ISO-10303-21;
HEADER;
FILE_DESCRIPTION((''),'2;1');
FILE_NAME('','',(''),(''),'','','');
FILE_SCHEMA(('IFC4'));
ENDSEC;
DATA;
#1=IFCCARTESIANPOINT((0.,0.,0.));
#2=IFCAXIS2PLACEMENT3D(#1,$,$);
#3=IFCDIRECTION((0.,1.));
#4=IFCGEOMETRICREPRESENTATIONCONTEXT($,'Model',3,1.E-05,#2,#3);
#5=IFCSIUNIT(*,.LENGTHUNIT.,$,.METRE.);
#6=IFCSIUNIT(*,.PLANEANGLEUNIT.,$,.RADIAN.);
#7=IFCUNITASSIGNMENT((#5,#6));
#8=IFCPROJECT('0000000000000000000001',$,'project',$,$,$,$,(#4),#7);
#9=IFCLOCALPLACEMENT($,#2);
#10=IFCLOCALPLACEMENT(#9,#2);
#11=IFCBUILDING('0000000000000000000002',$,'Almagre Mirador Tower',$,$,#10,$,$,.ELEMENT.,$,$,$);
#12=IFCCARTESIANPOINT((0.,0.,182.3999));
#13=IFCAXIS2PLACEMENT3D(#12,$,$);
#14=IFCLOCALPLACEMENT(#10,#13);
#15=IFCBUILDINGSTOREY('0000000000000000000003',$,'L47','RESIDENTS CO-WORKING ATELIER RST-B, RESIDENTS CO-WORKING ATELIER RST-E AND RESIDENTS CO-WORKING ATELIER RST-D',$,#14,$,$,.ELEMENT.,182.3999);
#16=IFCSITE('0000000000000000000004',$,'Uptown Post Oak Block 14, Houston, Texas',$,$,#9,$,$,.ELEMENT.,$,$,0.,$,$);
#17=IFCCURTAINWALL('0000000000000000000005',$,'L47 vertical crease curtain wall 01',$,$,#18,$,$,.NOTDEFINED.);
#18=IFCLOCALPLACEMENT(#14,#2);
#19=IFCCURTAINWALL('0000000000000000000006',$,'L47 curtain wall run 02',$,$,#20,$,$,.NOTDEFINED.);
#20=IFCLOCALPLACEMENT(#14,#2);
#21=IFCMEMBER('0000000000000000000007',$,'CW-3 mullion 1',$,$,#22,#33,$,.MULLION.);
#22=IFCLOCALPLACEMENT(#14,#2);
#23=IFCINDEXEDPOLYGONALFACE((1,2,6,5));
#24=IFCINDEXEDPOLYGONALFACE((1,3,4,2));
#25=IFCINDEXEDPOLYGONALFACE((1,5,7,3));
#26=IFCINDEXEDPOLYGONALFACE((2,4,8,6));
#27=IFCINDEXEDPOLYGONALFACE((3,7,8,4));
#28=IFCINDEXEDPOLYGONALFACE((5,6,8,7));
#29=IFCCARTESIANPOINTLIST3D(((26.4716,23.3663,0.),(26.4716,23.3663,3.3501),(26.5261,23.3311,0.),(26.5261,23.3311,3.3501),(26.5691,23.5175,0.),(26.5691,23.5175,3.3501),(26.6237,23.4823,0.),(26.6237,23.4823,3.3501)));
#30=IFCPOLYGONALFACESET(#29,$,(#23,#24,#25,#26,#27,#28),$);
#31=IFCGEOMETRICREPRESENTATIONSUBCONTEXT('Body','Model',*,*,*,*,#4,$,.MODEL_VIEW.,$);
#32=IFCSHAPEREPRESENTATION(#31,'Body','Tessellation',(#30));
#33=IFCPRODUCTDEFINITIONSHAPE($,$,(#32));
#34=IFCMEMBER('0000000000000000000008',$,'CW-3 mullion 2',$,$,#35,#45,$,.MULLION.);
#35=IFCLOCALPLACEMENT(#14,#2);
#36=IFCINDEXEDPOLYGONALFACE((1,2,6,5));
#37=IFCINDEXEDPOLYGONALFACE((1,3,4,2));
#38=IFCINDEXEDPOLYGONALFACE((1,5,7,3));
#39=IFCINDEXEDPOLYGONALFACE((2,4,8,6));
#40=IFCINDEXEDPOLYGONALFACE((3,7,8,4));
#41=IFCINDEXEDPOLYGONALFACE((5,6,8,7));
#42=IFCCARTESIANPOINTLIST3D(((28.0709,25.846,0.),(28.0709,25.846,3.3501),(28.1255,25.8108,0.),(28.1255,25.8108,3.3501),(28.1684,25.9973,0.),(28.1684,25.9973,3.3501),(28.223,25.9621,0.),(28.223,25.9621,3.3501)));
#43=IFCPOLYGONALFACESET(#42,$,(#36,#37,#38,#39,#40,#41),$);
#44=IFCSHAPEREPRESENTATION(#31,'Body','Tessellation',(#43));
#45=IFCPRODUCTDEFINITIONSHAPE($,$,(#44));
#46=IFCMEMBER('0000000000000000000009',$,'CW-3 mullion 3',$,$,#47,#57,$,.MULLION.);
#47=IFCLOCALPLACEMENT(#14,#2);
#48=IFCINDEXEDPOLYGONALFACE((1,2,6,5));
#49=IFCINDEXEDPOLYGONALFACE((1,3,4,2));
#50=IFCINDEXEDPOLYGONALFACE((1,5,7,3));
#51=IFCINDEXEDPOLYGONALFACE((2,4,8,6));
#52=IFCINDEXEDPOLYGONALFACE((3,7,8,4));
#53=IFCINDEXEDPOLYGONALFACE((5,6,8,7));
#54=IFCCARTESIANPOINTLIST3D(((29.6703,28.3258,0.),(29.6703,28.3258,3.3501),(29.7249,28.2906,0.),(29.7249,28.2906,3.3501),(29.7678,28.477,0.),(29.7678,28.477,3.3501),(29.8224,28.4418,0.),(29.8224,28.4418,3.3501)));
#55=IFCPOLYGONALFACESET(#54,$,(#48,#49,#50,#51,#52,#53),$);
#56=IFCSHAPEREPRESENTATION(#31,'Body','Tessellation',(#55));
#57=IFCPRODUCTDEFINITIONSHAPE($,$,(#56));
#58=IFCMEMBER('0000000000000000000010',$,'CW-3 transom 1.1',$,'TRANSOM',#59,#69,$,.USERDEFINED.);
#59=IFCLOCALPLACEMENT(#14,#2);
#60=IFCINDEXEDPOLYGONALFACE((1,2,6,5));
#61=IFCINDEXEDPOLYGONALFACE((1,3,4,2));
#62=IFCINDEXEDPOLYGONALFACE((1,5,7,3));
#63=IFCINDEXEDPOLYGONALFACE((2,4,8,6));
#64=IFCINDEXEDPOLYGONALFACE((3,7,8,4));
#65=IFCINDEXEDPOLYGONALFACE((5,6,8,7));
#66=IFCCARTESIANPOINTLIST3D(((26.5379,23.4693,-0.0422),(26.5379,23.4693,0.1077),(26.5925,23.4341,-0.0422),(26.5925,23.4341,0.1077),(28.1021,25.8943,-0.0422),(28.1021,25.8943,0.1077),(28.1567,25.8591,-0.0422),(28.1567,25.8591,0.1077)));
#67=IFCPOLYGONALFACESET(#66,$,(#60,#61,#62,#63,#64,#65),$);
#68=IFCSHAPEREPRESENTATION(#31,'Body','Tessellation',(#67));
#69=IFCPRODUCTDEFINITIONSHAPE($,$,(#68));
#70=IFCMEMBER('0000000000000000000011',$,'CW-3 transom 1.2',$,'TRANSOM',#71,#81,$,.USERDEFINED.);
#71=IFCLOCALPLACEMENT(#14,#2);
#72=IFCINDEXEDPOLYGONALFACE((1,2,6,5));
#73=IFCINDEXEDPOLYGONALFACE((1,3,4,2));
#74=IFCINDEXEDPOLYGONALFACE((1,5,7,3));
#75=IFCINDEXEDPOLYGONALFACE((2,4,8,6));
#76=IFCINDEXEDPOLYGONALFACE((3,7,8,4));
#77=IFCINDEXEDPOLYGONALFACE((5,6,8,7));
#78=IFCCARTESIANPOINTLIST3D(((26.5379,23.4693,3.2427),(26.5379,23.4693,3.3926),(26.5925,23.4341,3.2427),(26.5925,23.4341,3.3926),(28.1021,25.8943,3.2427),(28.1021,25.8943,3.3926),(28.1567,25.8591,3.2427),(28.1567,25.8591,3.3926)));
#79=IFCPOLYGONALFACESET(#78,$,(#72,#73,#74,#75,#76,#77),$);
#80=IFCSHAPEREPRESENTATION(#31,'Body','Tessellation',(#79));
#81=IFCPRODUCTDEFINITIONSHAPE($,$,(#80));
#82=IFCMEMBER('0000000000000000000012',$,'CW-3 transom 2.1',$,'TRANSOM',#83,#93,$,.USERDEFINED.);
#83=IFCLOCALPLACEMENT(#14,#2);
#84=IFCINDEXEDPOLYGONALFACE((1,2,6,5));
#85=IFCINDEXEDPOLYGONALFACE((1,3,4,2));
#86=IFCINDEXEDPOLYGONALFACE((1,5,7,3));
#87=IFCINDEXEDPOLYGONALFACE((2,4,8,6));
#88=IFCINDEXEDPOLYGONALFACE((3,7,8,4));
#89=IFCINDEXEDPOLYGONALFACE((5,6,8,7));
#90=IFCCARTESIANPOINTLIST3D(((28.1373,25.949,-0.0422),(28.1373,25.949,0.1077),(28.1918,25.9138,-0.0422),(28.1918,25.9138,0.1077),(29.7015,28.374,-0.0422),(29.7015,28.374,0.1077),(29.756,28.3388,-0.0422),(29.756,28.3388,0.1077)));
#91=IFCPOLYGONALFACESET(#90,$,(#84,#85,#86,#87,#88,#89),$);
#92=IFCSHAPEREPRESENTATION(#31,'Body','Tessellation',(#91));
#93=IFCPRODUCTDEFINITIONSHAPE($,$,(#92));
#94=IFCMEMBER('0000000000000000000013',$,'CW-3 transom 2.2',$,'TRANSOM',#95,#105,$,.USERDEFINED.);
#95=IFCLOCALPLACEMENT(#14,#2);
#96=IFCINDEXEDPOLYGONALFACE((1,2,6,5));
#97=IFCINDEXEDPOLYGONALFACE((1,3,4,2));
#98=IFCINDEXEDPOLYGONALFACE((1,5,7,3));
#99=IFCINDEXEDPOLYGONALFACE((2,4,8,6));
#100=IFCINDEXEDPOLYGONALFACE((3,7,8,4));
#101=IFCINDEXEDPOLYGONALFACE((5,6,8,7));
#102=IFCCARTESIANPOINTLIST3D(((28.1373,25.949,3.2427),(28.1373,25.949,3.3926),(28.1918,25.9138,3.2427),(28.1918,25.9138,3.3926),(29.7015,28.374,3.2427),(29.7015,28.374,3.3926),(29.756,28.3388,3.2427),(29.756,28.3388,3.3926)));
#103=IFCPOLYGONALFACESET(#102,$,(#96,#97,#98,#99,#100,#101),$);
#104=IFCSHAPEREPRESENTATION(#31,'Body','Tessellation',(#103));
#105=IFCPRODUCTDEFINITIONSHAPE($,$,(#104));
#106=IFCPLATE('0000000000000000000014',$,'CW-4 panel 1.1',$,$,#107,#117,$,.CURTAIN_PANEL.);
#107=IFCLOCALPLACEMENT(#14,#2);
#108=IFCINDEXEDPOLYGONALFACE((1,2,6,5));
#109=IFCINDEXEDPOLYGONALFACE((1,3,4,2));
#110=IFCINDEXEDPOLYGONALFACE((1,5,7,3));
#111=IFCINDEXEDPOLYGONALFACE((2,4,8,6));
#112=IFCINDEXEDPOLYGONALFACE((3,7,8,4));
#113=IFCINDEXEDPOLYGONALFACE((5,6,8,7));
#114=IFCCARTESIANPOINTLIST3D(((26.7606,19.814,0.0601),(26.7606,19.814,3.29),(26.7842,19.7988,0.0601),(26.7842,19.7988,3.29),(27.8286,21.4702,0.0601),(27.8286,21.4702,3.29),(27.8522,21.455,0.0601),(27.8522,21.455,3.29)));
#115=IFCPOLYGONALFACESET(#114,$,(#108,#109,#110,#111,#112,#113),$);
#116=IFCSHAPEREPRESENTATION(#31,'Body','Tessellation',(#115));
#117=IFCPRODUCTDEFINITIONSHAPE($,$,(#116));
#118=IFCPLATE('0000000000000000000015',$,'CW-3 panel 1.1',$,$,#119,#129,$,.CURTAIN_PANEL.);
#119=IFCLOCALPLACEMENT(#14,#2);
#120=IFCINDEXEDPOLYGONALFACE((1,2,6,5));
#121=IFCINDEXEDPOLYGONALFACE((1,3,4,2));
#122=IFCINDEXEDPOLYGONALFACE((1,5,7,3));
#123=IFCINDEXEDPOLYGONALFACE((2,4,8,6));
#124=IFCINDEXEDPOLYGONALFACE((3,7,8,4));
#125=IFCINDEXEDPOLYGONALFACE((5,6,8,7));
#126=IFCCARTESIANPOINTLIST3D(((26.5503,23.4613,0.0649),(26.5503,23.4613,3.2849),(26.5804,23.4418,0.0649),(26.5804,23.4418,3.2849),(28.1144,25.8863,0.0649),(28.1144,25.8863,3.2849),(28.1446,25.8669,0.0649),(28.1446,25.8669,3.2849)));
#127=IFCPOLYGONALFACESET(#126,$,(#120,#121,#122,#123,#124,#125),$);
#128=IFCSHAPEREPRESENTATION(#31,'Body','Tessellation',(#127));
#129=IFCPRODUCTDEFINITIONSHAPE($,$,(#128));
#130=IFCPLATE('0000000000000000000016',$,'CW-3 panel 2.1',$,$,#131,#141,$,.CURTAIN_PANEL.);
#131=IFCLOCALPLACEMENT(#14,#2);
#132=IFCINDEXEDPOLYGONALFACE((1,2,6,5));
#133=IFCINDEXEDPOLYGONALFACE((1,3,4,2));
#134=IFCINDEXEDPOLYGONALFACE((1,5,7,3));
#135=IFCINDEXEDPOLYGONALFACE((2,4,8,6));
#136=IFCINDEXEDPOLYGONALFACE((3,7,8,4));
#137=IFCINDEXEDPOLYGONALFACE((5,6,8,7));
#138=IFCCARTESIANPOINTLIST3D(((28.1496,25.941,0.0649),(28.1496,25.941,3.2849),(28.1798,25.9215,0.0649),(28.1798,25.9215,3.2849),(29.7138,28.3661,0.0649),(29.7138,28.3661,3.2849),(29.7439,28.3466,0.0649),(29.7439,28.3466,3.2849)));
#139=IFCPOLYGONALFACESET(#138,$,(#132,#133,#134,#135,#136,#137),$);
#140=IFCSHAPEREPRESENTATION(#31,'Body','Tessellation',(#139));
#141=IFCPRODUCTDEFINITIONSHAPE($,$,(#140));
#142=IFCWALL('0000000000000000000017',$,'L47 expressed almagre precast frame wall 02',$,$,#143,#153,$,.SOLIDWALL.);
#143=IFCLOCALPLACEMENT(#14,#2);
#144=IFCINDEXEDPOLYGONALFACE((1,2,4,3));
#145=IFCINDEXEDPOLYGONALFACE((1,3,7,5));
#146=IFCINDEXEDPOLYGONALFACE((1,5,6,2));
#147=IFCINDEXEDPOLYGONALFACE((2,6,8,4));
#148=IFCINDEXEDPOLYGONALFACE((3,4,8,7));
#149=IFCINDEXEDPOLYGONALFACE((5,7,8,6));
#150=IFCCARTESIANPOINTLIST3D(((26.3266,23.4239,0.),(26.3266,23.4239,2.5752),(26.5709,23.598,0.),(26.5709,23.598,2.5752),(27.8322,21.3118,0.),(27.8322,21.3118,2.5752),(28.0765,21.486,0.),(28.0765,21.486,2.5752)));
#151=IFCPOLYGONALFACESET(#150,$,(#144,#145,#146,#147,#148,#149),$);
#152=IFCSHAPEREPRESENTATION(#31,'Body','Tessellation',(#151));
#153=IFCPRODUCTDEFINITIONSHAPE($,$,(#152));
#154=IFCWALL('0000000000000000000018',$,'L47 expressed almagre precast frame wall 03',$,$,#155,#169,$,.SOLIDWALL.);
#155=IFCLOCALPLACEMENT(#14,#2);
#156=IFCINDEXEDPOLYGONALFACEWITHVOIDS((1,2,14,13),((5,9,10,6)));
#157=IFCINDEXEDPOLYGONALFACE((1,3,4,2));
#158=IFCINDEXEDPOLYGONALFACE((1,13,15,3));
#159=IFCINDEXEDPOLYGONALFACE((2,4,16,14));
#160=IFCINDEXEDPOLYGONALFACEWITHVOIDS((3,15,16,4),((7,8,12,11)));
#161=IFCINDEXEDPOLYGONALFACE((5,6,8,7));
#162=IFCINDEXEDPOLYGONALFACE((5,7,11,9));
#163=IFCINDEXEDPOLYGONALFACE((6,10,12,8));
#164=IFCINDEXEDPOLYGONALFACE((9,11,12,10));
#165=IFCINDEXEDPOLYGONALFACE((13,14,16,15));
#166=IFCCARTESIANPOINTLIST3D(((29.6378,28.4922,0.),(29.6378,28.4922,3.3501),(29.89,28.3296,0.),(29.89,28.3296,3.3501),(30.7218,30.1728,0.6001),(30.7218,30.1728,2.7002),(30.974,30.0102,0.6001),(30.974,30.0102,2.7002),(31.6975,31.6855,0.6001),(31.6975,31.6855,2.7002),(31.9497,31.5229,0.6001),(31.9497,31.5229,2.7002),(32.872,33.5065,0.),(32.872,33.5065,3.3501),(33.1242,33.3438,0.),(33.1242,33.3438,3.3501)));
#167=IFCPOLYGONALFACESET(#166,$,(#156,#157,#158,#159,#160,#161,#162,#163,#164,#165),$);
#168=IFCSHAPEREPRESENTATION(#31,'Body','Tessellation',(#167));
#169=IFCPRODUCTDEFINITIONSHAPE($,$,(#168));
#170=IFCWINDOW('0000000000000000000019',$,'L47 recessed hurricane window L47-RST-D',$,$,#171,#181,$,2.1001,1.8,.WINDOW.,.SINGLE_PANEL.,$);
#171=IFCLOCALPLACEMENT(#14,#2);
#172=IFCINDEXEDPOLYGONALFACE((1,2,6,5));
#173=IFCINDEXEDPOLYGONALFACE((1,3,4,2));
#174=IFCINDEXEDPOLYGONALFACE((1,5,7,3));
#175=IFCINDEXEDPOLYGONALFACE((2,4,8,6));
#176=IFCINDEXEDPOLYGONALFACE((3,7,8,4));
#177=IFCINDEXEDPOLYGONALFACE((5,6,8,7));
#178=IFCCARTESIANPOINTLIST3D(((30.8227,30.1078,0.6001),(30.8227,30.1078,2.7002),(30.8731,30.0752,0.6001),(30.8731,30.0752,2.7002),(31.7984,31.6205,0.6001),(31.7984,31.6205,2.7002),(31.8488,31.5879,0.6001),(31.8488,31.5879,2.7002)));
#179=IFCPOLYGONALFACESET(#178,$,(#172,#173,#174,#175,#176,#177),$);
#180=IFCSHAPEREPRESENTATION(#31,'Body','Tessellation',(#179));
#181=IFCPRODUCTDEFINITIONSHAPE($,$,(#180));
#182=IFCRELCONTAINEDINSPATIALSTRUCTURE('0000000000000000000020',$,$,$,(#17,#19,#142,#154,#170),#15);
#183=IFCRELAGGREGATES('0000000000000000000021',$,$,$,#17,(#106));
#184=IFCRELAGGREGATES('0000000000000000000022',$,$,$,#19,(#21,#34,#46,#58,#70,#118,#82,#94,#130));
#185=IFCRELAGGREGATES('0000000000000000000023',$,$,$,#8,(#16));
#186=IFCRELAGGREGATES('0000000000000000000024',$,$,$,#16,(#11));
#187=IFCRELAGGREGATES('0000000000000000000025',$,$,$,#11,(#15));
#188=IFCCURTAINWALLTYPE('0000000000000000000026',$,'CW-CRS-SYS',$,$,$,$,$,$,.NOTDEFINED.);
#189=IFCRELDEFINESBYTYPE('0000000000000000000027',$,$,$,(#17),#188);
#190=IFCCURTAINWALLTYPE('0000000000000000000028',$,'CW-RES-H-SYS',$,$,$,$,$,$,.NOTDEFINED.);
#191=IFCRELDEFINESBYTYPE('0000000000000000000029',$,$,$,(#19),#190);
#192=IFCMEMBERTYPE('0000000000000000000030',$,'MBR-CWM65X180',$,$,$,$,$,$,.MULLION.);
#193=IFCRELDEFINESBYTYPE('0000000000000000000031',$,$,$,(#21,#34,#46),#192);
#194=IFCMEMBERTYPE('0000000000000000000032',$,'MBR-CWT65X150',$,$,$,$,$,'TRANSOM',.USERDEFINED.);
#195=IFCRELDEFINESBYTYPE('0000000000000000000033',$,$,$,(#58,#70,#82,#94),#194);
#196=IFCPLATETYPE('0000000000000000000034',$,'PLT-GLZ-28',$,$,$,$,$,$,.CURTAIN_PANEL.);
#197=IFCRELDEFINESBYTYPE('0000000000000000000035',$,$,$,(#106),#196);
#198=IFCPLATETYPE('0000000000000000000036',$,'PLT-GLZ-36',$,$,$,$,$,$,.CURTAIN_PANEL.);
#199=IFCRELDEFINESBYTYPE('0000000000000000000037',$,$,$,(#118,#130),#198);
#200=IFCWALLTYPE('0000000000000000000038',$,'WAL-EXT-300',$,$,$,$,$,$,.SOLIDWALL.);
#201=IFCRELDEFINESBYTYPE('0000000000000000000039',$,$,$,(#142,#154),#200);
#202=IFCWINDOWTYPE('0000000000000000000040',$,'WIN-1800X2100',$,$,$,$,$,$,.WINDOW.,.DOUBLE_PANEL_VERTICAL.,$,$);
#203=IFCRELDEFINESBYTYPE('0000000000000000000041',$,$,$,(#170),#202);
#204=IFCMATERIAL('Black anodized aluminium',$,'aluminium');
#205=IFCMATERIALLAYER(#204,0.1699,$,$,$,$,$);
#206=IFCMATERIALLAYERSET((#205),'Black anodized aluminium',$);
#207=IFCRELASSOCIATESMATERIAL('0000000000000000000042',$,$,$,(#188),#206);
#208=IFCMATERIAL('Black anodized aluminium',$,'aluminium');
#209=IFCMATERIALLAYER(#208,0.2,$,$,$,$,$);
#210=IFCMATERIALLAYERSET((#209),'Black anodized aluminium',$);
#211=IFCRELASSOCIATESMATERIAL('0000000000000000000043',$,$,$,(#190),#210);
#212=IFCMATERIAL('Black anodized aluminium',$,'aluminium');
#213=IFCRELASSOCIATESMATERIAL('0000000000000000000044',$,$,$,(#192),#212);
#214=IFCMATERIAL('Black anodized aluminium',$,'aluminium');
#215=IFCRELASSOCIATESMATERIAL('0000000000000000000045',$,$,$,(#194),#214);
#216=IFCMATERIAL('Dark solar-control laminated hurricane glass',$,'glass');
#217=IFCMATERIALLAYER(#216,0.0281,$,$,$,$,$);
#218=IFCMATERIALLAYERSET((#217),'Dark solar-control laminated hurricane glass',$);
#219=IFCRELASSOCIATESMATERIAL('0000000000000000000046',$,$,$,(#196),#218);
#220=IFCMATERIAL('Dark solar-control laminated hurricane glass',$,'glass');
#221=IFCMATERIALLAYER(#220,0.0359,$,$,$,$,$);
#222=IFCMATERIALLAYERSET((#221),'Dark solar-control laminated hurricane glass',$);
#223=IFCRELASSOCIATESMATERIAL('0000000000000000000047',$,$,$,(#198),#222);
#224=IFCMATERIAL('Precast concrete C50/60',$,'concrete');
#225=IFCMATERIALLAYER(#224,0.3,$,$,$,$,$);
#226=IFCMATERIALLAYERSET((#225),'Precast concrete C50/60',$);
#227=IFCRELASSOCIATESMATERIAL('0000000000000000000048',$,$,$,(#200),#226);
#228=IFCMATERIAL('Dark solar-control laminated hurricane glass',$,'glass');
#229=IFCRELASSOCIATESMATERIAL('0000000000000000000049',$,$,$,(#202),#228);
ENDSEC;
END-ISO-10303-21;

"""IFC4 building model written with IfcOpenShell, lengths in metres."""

from ifc_helpers import new_model, si_unit, direction, frame, frame_2d, origin, origin_2d, place, context, subcontext, project, spatial, rectangle, extrude, material, layer, layer_set, material_profile, profile_set, type_object, element, fill, aggregate, save


model = new_model("IFC4")

# Units and contexts
model_context = context("Model", 3, precision=1e-05, world=origin(), true_north=direction((0.0, 1.0)))
body_context = subcontext(model_context, "Body", "Model", "MODEL_VIEW")
ifc_project = project(units=[si_unit("LENGTHUNIT", "METRE"), si_unit("PLANEANGLEUNIT", "RADIAN")], contexts=[model_context])

# Site, building, storey
site_placement = place(None, origin())
site = spatial("IfcSite", under=ifc_project, at=site_placement, Name="Uptown Post Oak Block 14, Houston, Texas", CompositionType="ELEMENT", RefElevation=0.0)
building_placement = place(site_placement, origin())
building = spatial("IfcBuilding", under=site, at=building_placement, Name="Almagre Mirador Tower", CompositionType="ELEMENT")
storey_placement = place(building_placement, frame((0.0, 0.0, 182.3999)))
storey = spatial("IfcBuildingStorey", under=building, at=storey_placement, Name="L47", Description="RESIDENTS CO-WORKING ATELIER RST-B, RESIDENTS CO-WORKING ATELIER RST-E AND RESIDENTS CO-WORKING ATELIER RST-D", CompositionType="ELEMENT", Elevation=182.3999)

# Curtain wall
ifc_material_1 = material(Name="Black anodized aluminium", Category="aluminium")
ifc_layer_1 = layer(ifc_material_1, 0.1699)
ifc_layer_set_1 = layer_set([ifc_layer_1], Name="Black anodized aluminium")
curtain_wall_type_1 = type_object("IfcCurtainWallType", Name="CW-CRS-SYS", PredefinedType="NOTDEFINED", material=ifc_layer_set_1)
curtain_wall_1_placement = place(storey_placement, origin())
curtain_wall_1 = element("IfcCurtainWall", 1, at=curtain_wall_1_placement, inside=storey, type_object=curtain_wall_type_1, Name="L47 vertical crease curtain wall 01", PredefinedType="NOTDEFINED")

# Curtain wall, members
ifc_material_2 = material(Name="Black anodized aluminium", Category="aluminium")
ifc_layer_2 = layer(ifc_material_2, 0.2)
ifc_layer_set_2 = layer_set([ifc_layer_2], Name="Black anodized aluminium")
curtain_wall_type_2 = type_object("IfcCurtainWallType", Name="CW-RES-H-SYS", PredefinedType="NOTDEFINED", material=ifc_layer_set_2)
curtain_wall_2_placement = place(storey_placement, origin())
curtain_wall_2 = element("IfcCurtainWall", 2, at=curtain_wall_2_placement, inside=storey, type_object=curtain_wall_type_2, Name="L47 curtain wall run 02", PredefinedType="NOTDEFINED")
ifc_material_3 = material(Name="Black anodized aluminium", Category="aluminium")
ifc_material_profile_1 = material_profile(ifc_material_3, rectangle(XDim=0.0649, YDim=0.1799, at=origin_2d()), Name="CWM65X180")
ifc_profile_set_1 = profile_set([ifc_material_profile_1], Name="Black anodized aluminium")
member_type_1 = type_object("IfcMemberType", Name="MBR-CWM65X180", PredefinedType="MULLION", material=ifc_profile_set_1)
member_1_placement = place(storey_placement, frame((26.5476, 23.4243, 0.0), z_axis=(0.0, 0.0, 1.0), x_axis=(-0.840361, 0.542028, 0.0)))
member_1 = element("IfcMember", 3, at=member_1_placement, type_object=member_type_1, Name="CW-3 mullion 1", PredefinedType="MULLION", context=body_context, shape_type="SweptSolid", body=[
    extrude(rectangle(XDim=0.0649, YDim=0.1799, at=origin_2d()), origin(), (0.0, 0.0, 1.0), 3.3501),
])
member_2_placement = place(storey_placement, frame((28.147, 25.9041, 0.0), z_axis=(0.0, 0.0, 1.0), x_axis=(-0.840361, 0.542028, 0.0)))
member_2 = element("IfcMember", 4, at=member_2_placement, type_object=member_type_1, Name="CW-3 mullion 2", PredefinedType="MULLION", context=body_context, shape_type="SweptSolid", body=[
    extrude(rectangle(XDim=0.0649, YDim=0.1799, at=origin_2d()), origin(), (0.0, 0.0, 1.0), 3.3501),
])
member_3_placement = place(storey_placement, frame((29.7463, 28.3838, 0.0), z_axis=(0.0, 0.0, 1.0), x_axis=(-0.840361, 0.542028, 0.0)))
member_3 = element("IfcMember", 5, at=member_3_placement, type_object=member_type_1, Name="CW-3 mullion 3", PredefinedType="MULLION", context=body_context, shape_type="SweptSolid", body=[
    extrude(rectangle(XDim=0.0649, YDim=0.1799, at=origin_2d()), origin(), (0.0, 0.0, 1.0), 3.3501),
])
ifc_material_4 = material(Name="Black anodized aluminium", Category="aluminium")
ifc_material_profile_2 = material_profile(ifc_material_4, rectangle(XDim=0.0649, YDim=0.1499, at=origin_2d()), Name="CWT65X150")
ifc_profile_set_2 = profile_set([ifc_material_profile_2], Name="Black anodized aluminium")
member_type_2 = type_object("IfcMemberType", Name="MBR-CWT65X150", ElementType="TRANSOM", PredefinedType="USERDEFINED", material=ifc_profile_set_2)
member_4_placement = place(storey_placement, frame((26.5652, 23.4517, 0.0327), z_axis=(0.542044, 0.84035, 0.0), x_axis=(-0.84035, 0.542044, 0.0)))
member_4 = element("IfcMember", 6, at=member_4_placement, type_object=member_type_2, Name="CW-3 transom 1.1", ObjectType="TRANSOM", PredefinedType="USERDEFINED", context=body_context, shape_type="SweptSolid", body=[
    extrude(rectangle(XDim=0.0649, YDim=0.1499, at=origin_2d()), origin(), (0.0, 0.0, 1.0), 2.8857),
])
member_5_placement = place(storey_placement, frame((26.5652, 23.4517, 3.3176), z_axis=(0.542044, 0.84035, 0.0), x_axis=(-0.84035, 0.542044, 0.0)))
member_5 = element("IfcMember", 7, at=member_5_placement, type_object=member_type_2, Name="CW-3 transom 1.2", ObjectType="TRANSOM", PredefinedType="USERDEFINED", context=body_context, shape_type="SweptSolid", body=[
    extrude(rectangle(XDim=0.0649, YDim=0.1499, at=origin_2d()), origin(), (0.0, 0.0, 1.0), 2.8857),
])
member_6_placement = place(storey_placement, frame((28.1646, 25.9314, 0.0327), z_axis=(0.542044, 0.84035, 0.0), x_axis=(-0.84035, 0.542044, 0.0)))
member_6 = element("IfcMember", 8, at=member_6_placement, type_object=member_type_2, Name="CW-3 transom 2.1", ObjectType="TRANSOM", PredefinedType="USERDEFINED", context=body_context, shape_type="SweptSolid", body=[
    extrude(rectangle(XDim=0.0649, YDim=0.1499, at=origin_2d()), origin(), (0.0, 0.0, 1.0), 2.8857),
])
member_7_placement = place(storey_placement, frame((28.1646, 25.9314, 3.3176), z_axis=(0.542044, 0.84035, 0.0), x_axis=(-0.84035, 0.542044, 0.0)))
member_7 = element("IfcMember", 9, at=member_7_placement, type_object=member_type_2, Name="CW-3 transom 2.2", ObjectType="TRANSOM", PredefinedType="USERDEFINED", context=body_context, shape_type="SweptSolid", body=[
    extrude(rectangle(XDim=0.0649, YDim=0.1499, at=origin_2d()), origin(), (0.0, 0.0, 1.0), 2.8857),
])

# Plates
ifc_material_5 = material(Name="Dark solar-control laminated hurricane glass", Category="glass")
ifc_layer_3 = layer(ifc_material_5, 0.0281)
ifc_layer_set_3 = layer_set([ifc_layer_3], Name="Dark solar-control laminated hurricane glass")
plate_type_1 = type_object("IfcPlateType", Name="PLT-GLZ-28", PredefinedType="CURTAIN_PANEL", material=ifc_layer_set_3)
plate_1_placement = place(storey_placement, frame((27.3064, 20.6345, 0.0601), z_axis=(0.0, 0.0, 1.0), x_axis=(0.541942, 0.840416, 0.0)))
plate_1 = element("IfcPlate", 10, at=plate_1_placement, type_object=plate_type_1, Name="CW-4 panel 1.1", PredefinedType="CURTAIN_PANEL", context=body_context, shape_type="SweptSolid", body=[
    extrude(rectangle(XDim=1.9707, YDim=0.0281, at=origin_2d()), origin(), (0.0, 0.0, 1.0), 3.23),
])
aggregate(curtain_wall_1, [plate_1])
ifc_material_6 = material(Name="Dark solar-control laminated hurricane glass", Category="glass")
ifc_layer_4 = layer(ifc_material_6, 0.0359)
ifc_layer_set_4 = layer_set([ifc_layer_4], Name="Dark solar-control laminated hurricane glass")
plate_type_2 = type_object("IfcPlateType", Name="PLT-GLZ-36", PredefinedType="CURTAIN_PANEL", material=ifc_layer_set_4)
plate_2_placement = place(storey_placement, frame((27.3474, 24.6641, 0.0649), z_axis=(0.0, 0.0, 1.0), x_axis=(0.542028, 0.840361, 0.0)))
plate_2 = element("IfcPlate", 11, at=plate_2_placement, type_object=plate_type_2, Name="CW-3 panel 1.1", PredefinedType="CURTAIN_PANEL", context=body_context, shape_type="SweptSolid", body=[
    extrude(rectangle(XDim=2.8857, YDim=0.0359, at=origin_2d()), origin(), (0.0, 0.0, 1.0), 3.22),
])
plate_3_placement = place(storey_placement, frame((28.9468, 27.1438, 0.0649), z_axis=(0.0, 0.0, 1.0), x_axis=(0.542028, 0.840361, 0.0)))
plate_3 = element("IfcPlate", 12, at=plate_3_placement, type_object=plate_type_2, Name="CW-3 panel 2.1", PredefinedType="CURTAIN_PANEL", context=body_context, shape_type="SweptSolid", body=[
    extrude(rectangle(XDim=2.8857, YDim=0.0359, at=origin_2d()), origin(), (0.0, 0.0, 1.0), 3.22),
])
aggregate(curtain_wall_2, [member_1, member_2, member_3, member_4, member_5, plate_2, member_6, member_7, plate_3])

# Wall
ifc_material_7 = material(Name="Precast concrete C50/60", Category="concrete")
ifc_layer_5 = layer(ifc_material_7, 0.3)
ifc_layer_set_5 = layer_set([ifc_layer_5], Name="Precast concrete C50/60")
wall_type_1 = type_object("IfcWallType", Name="WAL-EXT-300", PredefinedType="SOLIDWALL", material=ifc_layer_set_5)
wall_1_placement = place(storey_placement, frame((27.9543, 21.3989, 0.0), z_axis=(0.0, 0.0, 1.0), x_axis=(-0.580472, 0.81428, 0.0)))
element("IfcWall", 13, at=wall_1_placement, inside=storey, type_object=wall_type_1, Name="L47 expressed almagre precast frame wall 02", PredefinedType="SOLIDWALL", context=body_context, shape_type="SweptSolid", body=[
    extrude(rectangle(XDim=2.5938, YDim=0.3, at=frame_2d((1.2969, 0.0))), origin(), (0.0, 0.0, 1.0), 2.5752),
])

# Wall, opening, window
wall_2_placement = place(storey_placement, frame((29.7639, 28.4109, 0.0), z_axis=(0.0, 0.0, 1.0), x_axis=(0.542031, 0.840359, 0.0)))
wall_2 = element("IfcWall", 14, at=wall_2_placement, inside=storey, type_object=wall_type_1, Name="L47 expressed almagre precast frame wall 03", PredefinedType="SOLIDWALL", context=body_context, shape_type="SweptSolid", body=[
    extrude(rectangle(XDim=5.9668, YDim=0.3, at=frame_2d((2.9834, 0.0))), origin(), (0.0, 0.0, 1.0), 3.3501),
])
opening_1_placement = place(wall_2_placement, frame((2.0, 0.0, 0.6001)))
opening_1 = element("IfcOpeningElement", 15, at=opening_1_placement, cuts=wall_2, PredefinedType="OPENING", context=body_context, shape_type="SweptSolid", body=[
    extrude(rectangle(XDim=1.8, YDim=2.1001, at=frame_2d((0.8999, 1.05))), frame((0.0, 0.1599, 0.0), z_axis=(0.0, -1.0, 0.0), x_axis=(1.0, 0.0, 0.0)), (0.0, 0.0, 1.0), 0.32),
])
ifc_material_8 = material(Name="Dark solar-control laminated hurricane glass", Category="glass")
window_type_1 = type_object("IfcWindowType", Name="WIN-1800X2100", PartitioningType="DOUBLE_PANEL_VERTICAL", PredefinedType="WINDOW", material=ifc_material_8)
window_1_placement = place(opening_1_placement, origin())
window_1 = element("IfcWindow", 16, at=window_1_placement, inside=storey, type_object=window_type_1, Name="L47 recessed hurricane window L47-RST-D", OverallHeight=2.1001, OverallWidth=1.8, PartitioningType="SINGLE_PANEL", PredefinedType="WINDOW", context=body_context, shape_type="SweptSolid", body=[
    extrude(rectangle(XDim=1.8, YDim=2.1001, at=frame_2d((0.8999, 1.05))), frame((0.0, 0.03, 0.0), z_axis=(0.0, -1.0, 0.0), x_axis=(1.0, 0.0, 0.0)), (0.0, 0.0, 1.0), 0.0601),
])
fill(opening_1, window_1)

save(model, "model.ifc")
